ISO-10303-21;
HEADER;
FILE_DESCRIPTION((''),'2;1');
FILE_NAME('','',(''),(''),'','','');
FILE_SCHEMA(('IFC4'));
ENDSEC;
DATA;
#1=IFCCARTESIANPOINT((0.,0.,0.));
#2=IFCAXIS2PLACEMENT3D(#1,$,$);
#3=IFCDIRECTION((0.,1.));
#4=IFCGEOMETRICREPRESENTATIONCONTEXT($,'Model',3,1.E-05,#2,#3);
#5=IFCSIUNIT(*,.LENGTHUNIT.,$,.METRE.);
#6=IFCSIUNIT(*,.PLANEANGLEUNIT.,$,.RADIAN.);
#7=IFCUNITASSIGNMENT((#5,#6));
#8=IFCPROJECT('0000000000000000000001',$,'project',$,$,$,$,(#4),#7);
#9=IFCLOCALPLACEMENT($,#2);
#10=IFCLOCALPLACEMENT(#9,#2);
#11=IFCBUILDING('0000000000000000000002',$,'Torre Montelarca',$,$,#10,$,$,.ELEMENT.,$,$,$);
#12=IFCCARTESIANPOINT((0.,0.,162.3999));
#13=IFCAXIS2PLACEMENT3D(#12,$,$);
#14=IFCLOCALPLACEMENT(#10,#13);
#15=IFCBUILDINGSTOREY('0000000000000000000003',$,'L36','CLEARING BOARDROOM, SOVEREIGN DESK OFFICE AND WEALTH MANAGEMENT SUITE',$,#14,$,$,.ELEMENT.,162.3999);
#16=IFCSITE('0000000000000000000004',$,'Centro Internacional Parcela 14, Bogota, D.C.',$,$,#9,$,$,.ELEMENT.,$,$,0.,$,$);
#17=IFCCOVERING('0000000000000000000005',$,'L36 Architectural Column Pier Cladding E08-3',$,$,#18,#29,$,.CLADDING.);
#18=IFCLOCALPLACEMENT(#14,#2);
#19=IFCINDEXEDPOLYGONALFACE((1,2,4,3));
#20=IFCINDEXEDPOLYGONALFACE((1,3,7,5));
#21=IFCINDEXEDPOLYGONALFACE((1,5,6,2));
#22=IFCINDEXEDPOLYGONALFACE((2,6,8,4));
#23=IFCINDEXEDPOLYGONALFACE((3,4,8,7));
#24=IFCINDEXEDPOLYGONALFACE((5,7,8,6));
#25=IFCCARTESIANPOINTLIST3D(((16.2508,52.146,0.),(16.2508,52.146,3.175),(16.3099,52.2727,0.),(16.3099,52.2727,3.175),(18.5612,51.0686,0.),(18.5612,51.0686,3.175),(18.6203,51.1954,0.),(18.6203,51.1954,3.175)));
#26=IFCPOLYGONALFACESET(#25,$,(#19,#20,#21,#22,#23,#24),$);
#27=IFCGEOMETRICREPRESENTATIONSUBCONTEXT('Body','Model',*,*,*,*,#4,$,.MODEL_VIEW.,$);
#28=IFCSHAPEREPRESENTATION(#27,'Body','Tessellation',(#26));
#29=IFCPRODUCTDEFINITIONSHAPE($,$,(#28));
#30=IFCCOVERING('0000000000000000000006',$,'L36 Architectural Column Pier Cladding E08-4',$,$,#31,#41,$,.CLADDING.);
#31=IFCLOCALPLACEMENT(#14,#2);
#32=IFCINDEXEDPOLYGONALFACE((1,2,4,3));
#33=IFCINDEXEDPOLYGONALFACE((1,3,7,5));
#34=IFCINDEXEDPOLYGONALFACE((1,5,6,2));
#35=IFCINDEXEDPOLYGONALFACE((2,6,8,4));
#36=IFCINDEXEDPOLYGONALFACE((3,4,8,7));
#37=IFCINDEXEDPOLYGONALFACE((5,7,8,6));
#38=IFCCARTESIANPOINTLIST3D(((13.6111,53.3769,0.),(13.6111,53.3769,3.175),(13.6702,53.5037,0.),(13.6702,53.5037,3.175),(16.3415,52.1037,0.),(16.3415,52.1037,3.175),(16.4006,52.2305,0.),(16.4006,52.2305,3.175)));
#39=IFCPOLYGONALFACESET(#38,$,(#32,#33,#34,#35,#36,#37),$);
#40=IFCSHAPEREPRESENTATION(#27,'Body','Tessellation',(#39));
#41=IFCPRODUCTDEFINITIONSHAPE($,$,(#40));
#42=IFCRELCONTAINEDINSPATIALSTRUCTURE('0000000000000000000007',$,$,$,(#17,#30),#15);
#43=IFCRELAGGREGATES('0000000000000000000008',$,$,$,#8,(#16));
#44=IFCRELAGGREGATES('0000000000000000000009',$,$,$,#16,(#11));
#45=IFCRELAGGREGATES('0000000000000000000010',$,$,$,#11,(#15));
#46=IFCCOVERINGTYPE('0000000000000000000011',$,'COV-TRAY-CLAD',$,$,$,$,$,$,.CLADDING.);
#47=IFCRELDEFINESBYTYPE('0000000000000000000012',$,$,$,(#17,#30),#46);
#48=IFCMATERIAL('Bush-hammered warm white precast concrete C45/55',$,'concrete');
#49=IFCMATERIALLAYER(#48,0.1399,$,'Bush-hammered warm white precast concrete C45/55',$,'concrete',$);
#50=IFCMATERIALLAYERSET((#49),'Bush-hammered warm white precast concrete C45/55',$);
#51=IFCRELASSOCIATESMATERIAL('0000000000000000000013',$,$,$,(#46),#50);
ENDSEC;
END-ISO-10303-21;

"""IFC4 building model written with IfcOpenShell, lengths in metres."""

from ifc_helpers import new_model, si_unit, direction, frame, origin, origin_2d, place, context, subcontext, project, spatial, rectangle, extrude, source, transform, mapped, material, layer, layer_set, type_object, element, save


model = new_model("IFC4")

# Units and contexts
model_context = context("Model", 3, precision=1e-05, world=origin(), true_north=direction((0.0, 1.0)))
body_context = subcontext(model_context, "Body", "Model", "MODEL_VIEW")
ifc_project = project(units=[si_unit("LENGTHUNIT", "METRE"), si_unit("PLANEANGLEUNIT", "RADIAN")], contexts=[model_context])

# Site, building, storey
site_placement = place(None, origin())
site = spatial("IfcSite", under=ifc_project, at=site_placement, Name="Centro Internacional Parcela 14, Bogota, D.C.", CompositionType="ELEMENT", RefElevation=0.0)
building_placement = place(site_placement, origin())
building = spatial("IfcBuilding", under=site, at=building_placement, Name="Torre Montelarca", CompositionType="ELEMENT")
storey_placement = place(building_placement, frame((0.0, 0.0, 162.3999)))
storey = spatial("IfcBuildingStorey", under=building, at=storey_placement, Name="L36", Description="CLEARING BOARDROOM, SOVEREIGN DESK OFFICE AND WEALTH MANAGEMENT SUITE", CompositionType="ELEMENT", Elevation=162.3999)

# Coverings
ifc_material_1 = material(Name="Bush-hammered warm white precast concrete C45/55", Category="concrete")
ifc_layer_1 = layer(ifc_material_1, 0.1399, Name="Bush-hammered warm white precast concrete C45/55", Category="concrete")
ifc_layer_set_1 = layer_set([ifc_layer_1], Name="Bush-hammered warm white precast concrete C45/55")
covering_type = type_object("IfcCoveringType", Name="COV-TRAY-CLAD", PredefinedType="CLADDING", material=ifc_layer_set_1)
shared_shape_1 = source(origin(), body_context, "Body", "SweptSolid", [
    extrude(rectangle(XDim=2.5493, YDim=0.1399, at=origin_2d()), origin(), (0.0, 0.0, 1.0), 3.175),
])
covering_1_placement = place(storey_placement, frame((17.4355, 51.6707, 0.0), z_axis=(0.0, 0.0, 1.0), x_axis=(-0.906308, 0.422618, 0.0)))
element("IfcCovering", 1, at=covering_1_placement, inside=storey, type_object=covering_type, Name="L36 Architectural Column Pier Cladding E08-3", PredefinedType="CLADDING", context=body_context, shape_type="MappedRepresentation", body=[
    mapped(shared_shape_1, transform((0.0, 0.0, 0.0), scale=1.0)),
])
shared_shape_2 = source(origin(), body_context, "Body", "SweptSolid", [
    extrude(rectangle(XDim=3.0127, YDim=0.1399, at=origin_2d()), origin(), (0.0, 0.0, 1.0), 3.175),
])
covering_2_placement = place(storey_placement, frame((15.0059, 52.8037, 0.0), z_axis=(0.0, 0.0, 1.0), x_axis=(-0.906308, 0.422618, 0.0)))
element("IfcCovering", 2, at=covering_2_placement, inside=storey, type_object=covering_type, Name="L36 Architectural Column Pier Cladding E08-4", PredefinedType="CLADDING", context=body_context, shape_type="MappedRepresentation", body=[
    mapped(shared_shape_2, transform((0.0, 0.0, 0.0), scale=1.0)),
])

save(model, "model.ifc")
